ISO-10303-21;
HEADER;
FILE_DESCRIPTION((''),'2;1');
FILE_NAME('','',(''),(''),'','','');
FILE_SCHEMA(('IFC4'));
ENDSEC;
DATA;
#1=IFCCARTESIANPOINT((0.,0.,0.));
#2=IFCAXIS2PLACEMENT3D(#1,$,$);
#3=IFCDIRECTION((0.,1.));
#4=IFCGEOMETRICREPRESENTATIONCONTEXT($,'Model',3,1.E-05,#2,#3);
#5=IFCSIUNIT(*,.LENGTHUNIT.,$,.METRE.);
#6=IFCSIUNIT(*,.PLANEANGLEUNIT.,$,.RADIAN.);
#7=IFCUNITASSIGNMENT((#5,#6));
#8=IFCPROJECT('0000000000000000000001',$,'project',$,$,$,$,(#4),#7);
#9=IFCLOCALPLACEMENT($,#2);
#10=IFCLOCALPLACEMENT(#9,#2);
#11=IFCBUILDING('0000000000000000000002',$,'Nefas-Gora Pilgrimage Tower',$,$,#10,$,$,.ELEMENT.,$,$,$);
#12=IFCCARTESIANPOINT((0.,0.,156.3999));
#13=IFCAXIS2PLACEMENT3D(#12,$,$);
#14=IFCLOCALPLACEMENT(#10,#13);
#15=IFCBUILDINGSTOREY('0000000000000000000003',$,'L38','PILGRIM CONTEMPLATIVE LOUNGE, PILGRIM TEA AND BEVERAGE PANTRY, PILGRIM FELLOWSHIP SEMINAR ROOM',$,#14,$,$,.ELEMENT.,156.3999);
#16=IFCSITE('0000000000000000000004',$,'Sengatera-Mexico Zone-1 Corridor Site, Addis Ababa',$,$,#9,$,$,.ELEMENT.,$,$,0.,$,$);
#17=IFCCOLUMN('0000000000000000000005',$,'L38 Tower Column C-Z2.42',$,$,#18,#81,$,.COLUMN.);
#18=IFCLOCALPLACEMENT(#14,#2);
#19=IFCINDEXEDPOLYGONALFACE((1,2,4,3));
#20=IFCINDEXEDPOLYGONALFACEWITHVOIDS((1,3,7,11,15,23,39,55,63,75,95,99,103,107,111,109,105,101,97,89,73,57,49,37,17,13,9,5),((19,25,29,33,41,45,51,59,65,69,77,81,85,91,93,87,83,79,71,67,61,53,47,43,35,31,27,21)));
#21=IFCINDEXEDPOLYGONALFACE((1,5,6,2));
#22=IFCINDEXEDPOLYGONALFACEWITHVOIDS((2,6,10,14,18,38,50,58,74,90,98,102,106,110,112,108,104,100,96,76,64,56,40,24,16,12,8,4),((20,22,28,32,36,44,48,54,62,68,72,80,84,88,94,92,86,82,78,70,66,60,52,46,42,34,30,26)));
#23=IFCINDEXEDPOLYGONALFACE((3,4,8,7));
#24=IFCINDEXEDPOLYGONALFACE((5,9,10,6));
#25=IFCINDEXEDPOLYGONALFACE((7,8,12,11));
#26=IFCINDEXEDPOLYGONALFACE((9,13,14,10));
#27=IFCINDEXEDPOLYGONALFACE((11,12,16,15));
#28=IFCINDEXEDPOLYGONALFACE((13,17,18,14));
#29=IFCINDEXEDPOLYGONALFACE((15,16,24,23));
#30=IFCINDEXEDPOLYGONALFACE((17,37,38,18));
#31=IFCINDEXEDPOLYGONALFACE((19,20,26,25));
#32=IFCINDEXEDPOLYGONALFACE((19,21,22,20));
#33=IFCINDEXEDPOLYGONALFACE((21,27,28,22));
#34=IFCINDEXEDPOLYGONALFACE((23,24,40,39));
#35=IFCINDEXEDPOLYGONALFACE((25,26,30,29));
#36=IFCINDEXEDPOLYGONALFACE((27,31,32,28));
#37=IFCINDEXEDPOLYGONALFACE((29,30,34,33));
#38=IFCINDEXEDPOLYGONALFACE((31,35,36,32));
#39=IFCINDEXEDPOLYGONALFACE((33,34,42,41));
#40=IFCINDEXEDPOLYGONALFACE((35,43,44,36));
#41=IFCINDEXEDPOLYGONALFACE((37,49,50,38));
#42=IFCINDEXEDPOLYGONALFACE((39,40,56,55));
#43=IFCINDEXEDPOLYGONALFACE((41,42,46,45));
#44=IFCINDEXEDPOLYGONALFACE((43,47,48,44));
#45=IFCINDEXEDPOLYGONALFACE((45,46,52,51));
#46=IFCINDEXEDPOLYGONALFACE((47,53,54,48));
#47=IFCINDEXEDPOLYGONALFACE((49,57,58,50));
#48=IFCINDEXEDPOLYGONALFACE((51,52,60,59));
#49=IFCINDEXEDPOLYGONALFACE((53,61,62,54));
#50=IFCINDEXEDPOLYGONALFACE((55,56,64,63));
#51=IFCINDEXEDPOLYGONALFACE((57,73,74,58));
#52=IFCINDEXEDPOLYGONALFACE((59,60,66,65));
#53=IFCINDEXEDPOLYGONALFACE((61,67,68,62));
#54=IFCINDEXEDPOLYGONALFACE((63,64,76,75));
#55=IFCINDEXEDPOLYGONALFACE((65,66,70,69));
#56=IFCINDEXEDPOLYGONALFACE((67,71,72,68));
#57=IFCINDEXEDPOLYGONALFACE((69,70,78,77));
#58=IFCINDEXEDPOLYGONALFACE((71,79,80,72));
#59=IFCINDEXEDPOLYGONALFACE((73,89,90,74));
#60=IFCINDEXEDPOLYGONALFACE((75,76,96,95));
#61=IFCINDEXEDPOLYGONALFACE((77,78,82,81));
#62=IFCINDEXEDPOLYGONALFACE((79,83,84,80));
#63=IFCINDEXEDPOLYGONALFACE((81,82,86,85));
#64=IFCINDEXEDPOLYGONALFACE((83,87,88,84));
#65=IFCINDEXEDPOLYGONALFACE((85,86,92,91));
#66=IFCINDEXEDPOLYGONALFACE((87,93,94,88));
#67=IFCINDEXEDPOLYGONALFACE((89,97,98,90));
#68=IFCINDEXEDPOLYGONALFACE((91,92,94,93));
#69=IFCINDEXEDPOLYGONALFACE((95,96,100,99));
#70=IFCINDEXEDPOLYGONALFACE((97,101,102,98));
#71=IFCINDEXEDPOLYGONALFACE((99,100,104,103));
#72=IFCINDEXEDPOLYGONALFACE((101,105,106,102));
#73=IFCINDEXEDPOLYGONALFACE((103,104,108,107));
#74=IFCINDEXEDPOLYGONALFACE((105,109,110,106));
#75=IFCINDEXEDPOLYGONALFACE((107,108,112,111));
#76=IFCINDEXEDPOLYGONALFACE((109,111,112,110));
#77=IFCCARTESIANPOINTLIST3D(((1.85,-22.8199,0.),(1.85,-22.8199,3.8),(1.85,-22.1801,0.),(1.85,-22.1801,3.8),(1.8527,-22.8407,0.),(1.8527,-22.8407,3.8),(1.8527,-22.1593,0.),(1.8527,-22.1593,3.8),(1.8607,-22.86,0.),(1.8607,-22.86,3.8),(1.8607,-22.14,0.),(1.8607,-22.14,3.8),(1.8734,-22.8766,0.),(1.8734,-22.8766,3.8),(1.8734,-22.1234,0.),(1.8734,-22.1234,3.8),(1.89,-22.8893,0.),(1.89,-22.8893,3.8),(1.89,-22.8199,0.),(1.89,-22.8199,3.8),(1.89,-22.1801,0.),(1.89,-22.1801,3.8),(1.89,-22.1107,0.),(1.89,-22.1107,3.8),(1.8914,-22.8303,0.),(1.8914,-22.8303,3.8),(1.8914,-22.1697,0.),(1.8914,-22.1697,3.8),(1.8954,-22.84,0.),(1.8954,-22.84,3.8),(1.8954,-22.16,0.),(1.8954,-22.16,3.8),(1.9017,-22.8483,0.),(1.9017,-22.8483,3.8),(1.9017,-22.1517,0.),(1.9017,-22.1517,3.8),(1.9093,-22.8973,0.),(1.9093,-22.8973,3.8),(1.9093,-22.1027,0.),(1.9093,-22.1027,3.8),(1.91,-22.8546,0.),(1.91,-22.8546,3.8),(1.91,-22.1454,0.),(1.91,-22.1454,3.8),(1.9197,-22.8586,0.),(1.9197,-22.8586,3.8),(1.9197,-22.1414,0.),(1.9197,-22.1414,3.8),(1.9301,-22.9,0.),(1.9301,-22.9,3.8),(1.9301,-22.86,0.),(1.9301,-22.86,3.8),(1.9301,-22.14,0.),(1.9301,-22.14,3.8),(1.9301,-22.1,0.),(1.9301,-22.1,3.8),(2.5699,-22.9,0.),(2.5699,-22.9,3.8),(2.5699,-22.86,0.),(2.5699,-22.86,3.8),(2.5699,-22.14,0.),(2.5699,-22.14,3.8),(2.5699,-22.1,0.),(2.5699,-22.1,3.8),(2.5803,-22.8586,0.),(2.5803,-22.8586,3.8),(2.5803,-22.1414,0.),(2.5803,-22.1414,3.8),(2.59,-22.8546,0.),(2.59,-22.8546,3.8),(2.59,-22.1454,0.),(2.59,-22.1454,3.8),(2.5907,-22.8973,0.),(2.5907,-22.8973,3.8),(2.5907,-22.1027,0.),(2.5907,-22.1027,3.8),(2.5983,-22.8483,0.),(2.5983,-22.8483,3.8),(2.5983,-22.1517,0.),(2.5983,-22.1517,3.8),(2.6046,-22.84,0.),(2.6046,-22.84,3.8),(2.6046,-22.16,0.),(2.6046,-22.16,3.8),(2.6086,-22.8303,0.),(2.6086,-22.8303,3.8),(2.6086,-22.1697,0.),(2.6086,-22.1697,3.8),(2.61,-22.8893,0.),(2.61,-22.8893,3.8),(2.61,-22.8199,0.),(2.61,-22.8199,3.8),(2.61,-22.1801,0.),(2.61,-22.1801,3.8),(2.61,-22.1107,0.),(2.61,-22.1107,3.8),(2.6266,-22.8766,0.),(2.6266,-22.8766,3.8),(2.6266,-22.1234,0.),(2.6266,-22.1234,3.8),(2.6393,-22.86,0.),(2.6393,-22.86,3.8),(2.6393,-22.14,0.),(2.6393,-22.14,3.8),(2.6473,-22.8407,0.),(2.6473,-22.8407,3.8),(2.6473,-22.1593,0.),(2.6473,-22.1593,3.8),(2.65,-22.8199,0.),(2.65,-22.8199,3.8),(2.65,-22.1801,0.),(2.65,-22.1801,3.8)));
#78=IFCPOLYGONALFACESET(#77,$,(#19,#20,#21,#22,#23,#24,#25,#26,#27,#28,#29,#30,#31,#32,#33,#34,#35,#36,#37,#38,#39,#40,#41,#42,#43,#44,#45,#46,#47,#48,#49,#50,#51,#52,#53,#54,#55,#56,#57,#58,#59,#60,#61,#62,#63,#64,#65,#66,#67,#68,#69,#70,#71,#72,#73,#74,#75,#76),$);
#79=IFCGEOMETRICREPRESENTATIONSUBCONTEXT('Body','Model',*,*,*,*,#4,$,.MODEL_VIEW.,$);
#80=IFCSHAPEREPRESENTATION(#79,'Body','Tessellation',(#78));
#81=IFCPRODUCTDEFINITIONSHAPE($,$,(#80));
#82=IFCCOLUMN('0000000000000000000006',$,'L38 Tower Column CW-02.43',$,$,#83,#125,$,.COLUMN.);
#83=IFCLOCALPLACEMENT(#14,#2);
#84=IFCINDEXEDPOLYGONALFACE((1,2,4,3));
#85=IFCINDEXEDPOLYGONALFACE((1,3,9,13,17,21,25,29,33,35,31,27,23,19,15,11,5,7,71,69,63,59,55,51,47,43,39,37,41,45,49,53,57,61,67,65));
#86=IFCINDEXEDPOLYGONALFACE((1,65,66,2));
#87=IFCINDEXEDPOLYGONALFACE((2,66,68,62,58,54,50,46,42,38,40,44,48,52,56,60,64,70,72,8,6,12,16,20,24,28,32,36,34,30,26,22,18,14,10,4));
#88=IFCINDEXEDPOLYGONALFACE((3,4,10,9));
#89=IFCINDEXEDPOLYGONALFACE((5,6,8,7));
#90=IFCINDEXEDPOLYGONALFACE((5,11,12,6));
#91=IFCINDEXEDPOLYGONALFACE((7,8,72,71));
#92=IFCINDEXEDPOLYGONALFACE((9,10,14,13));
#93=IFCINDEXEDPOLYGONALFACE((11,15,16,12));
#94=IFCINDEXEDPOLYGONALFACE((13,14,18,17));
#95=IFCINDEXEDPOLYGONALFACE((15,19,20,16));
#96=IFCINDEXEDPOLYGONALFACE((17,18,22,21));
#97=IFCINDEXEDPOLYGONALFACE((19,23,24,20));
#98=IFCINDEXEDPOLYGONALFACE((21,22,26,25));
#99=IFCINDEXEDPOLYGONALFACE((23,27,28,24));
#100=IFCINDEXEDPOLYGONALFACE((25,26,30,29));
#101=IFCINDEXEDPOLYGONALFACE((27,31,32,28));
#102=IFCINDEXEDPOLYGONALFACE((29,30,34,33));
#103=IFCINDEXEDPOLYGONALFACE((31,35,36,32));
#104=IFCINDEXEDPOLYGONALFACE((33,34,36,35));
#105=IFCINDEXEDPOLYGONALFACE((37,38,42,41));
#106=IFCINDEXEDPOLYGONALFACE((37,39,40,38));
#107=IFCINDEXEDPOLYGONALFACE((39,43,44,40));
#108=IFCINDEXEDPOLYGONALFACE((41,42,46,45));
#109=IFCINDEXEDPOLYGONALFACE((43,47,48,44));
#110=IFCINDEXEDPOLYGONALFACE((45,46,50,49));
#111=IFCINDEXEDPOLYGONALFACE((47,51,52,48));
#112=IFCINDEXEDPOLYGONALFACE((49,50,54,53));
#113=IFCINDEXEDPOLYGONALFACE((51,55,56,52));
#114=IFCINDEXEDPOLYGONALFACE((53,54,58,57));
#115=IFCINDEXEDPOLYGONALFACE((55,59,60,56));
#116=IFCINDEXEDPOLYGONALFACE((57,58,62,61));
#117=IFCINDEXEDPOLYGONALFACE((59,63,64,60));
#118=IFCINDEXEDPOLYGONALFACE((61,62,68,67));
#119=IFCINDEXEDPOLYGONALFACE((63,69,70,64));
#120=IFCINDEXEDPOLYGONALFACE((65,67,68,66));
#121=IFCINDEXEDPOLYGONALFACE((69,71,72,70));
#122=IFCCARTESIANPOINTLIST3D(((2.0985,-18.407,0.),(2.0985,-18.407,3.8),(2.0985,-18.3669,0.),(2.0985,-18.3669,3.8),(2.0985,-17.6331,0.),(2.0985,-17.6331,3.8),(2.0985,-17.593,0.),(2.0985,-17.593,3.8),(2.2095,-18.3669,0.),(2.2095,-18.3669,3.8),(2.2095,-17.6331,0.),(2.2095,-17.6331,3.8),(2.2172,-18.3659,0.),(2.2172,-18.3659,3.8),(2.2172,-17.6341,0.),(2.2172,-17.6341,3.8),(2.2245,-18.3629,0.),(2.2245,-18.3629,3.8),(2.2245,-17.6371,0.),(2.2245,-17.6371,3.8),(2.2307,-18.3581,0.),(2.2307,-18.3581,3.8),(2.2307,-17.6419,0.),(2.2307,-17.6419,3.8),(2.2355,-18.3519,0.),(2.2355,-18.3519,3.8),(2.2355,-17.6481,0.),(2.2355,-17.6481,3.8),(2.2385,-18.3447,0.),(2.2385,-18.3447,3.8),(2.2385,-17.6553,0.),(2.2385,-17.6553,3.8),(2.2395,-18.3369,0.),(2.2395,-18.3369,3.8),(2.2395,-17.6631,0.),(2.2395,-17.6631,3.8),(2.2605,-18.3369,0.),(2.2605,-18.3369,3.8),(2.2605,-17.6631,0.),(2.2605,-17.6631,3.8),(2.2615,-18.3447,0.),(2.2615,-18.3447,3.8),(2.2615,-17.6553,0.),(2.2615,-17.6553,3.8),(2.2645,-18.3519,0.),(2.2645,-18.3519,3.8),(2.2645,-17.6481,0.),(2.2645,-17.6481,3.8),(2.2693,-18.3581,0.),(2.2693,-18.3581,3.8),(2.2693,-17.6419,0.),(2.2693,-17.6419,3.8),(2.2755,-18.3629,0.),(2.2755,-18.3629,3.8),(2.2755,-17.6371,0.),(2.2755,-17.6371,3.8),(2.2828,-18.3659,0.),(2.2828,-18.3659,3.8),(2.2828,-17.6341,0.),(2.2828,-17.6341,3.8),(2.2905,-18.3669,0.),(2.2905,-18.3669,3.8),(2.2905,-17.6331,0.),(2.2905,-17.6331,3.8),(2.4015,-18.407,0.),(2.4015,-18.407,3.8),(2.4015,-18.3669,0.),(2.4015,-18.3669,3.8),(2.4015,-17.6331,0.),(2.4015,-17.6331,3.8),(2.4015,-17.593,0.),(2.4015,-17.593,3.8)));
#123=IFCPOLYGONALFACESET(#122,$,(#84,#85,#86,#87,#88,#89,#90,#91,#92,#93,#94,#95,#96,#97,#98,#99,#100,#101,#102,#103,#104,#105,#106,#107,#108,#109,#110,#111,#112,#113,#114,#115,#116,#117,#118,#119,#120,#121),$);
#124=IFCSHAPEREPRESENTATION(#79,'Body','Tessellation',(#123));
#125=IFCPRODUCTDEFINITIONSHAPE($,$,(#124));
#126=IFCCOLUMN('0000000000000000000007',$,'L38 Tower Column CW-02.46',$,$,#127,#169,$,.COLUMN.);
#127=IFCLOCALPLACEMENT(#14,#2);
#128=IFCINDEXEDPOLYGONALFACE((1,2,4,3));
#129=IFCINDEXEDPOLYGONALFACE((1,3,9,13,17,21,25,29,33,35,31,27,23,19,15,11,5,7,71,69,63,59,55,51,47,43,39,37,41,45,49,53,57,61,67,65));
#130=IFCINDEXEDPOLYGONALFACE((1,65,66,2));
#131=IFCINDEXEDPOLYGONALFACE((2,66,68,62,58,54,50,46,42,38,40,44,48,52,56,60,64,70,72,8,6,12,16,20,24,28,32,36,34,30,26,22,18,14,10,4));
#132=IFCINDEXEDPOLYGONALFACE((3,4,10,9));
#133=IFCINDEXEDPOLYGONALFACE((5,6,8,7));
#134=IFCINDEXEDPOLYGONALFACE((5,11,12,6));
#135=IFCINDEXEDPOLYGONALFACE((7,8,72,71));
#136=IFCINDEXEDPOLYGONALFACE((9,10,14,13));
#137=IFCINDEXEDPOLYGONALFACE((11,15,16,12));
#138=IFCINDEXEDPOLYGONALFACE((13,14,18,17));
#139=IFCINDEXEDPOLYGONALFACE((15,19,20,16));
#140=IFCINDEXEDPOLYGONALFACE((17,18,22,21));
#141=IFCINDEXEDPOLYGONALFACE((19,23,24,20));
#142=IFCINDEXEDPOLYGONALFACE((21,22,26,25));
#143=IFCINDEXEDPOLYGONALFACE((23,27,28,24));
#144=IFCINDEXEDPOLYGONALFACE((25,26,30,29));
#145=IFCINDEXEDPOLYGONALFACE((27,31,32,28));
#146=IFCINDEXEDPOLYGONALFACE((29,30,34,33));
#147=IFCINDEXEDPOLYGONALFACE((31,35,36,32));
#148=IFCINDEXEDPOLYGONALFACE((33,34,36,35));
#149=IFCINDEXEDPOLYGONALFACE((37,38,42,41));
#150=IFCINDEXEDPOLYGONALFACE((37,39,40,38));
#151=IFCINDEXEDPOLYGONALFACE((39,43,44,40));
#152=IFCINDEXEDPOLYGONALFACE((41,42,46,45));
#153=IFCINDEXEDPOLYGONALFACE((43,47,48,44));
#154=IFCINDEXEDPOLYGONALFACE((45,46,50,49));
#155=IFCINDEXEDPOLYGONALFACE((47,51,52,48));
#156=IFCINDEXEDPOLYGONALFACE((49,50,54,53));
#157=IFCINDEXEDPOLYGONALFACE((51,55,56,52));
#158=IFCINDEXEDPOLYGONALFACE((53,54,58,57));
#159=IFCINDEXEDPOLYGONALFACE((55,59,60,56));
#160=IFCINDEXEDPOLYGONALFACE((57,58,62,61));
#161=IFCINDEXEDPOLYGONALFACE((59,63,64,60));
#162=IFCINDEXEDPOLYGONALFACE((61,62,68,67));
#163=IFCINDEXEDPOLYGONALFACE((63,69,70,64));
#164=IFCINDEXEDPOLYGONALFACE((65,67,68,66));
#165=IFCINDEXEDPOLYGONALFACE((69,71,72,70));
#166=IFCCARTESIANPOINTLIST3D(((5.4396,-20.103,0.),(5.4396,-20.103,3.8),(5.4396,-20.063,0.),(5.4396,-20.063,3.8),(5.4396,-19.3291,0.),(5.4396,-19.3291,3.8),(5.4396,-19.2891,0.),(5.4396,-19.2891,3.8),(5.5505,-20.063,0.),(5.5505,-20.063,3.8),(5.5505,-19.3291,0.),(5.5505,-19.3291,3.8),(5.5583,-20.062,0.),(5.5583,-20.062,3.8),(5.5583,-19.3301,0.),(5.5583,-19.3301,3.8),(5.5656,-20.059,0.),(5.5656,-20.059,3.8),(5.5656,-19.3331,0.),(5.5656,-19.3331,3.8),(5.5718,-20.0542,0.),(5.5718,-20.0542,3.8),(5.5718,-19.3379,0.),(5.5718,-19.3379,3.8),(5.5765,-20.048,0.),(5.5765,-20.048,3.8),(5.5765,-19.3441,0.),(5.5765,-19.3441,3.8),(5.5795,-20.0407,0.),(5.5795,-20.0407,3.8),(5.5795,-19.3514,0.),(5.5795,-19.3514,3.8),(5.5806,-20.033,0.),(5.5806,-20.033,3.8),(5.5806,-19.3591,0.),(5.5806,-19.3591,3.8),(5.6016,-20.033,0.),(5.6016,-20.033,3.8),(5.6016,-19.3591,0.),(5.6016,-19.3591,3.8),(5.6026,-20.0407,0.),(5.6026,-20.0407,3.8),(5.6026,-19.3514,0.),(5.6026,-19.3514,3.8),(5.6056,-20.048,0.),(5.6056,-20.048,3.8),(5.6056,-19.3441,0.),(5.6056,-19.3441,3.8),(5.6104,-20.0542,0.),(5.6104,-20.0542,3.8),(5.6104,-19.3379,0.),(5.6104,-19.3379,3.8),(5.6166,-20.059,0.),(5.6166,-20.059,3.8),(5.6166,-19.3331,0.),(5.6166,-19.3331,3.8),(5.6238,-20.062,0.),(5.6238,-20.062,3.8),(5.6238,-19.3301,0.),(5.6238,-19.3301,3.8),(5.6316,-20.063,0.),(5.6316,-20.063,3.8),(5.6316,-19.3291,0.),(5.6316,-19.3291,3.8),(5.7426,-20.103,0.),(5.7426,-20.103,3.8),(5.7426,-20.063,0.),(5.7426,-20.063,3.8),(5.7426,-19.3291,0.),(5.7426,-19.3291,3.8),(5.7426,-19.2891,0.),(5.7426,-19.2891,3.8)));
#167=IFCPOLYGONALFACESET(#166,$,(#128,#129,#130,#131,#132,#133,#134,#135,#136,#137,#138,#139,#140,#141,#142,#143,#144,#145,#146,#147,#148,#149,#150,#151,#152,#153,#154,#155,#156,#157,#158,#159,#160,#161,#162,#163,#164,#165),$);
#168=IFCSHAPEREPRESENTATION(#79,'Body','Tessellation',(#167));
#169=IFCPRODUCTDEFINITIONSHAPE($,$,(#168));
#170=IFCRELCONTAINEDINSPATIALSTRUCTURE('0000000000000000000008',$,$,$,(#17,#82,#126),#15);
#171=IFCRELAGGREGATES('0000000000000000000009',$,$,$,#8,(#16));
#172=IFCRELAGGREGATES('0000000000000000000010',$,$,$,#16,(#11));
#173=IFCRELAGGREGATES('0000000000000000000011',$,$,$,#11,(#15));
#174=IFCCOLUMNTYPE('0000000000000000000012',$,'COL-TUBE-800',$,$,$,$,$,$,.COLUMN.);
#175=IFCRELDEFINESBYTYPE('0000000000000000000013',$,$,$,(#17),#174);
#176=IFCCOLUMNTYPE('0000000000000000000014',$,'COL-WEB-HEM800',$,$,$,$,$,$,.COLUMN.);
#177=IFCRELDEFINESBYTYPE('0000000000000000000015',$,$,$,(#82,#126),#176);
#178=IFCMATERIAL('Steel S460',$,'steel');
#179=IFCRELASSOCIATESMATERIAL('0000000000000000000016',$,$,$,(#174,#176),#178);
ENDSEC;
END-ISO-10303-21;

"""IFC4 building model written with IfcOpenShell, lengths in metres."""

from ifc_helpers import new_model, si_unit, direction, frame, origin, origin_2d, place, context, subcontext, project, spatial, hollow_rectangle, i_section, extrude, source, transform, mapped, material, material_profile, profile_set, type_object, element, save


model = new_model("IFC4")

# Units and contexts
model_context = context("Model", 3, precision=1e-05, world=origin(), true_north=direction((0.0, 1.0)))
body_context = subcontext(model_context, "Body", "Model", "MODEL_VIEW")
ifc_project = project(units=[si_unit("LENGTHUNIT", "METRE"), si_unit("PLANEANGLEUNIT", "RADIAN")], contexts=[model_context])

# Site, building, storey
site_placement = place(None, origin())
site = spatial("IfcSite", under=ifc_project, at=site_placement, Name="Sengatera-Mexico Zone-1 Corridor Site, Addis Ababa", CompositionType="ELEMENT", RefElevation=0.0)
building_placement = place(site_placement, origin())
building = spatial("IfcBuilding", under=site, at=building_placement, Name="Nefas-Gora Pilgrimage Tower", CompositionType="ELEMENT")
storey_placement = place(building_placement, frame((0.0, 0.0, 156.3999)))
storey = spatial("IfcBuildingStorey", under=building, at=storey_placement, Name="L38", Description="PILGRIM CONTEMPLATIVE LOUNGE, PILGRIM TEA AND BEVERAGE PANTRY, PILGRIM FELLOWSHIP SEMINAR ROOM", CompositionType="ELEMENT", Elevation=156.3999)

# Columns
ifc_material_1 = material(Name="Steel S460", Category="steel")
ifc_material_profile_1 = material_profile(ifc_material_1, hollow_rectangle(XDim=0.8, YDim=0.8, WallThickness=0.04, InnerFilletRadius=0.04, OuterFilletRadius=0.0801, at=origin_2d()), Name="BOX 800x800x40")
ifc_profile_set_1 = profile_set([ifc_material_profile_1], Name="Steel S460")
column_type_1 = type_object("IfcColumnType", Name="COL-TUBE-800", PredefinedType="COLUMN", material=ifc_profile_set_1)
shared_shape_1 = source(origin(), body_context, "Body", "SweptSolid", [
    extrude(hollow_rectangle(XDim=0.8, YDim=0.8, WallThickness=0.04, InnerFilletRadius=0.04, OuterFilletRadius=0.0801, at=origin_2d()), origin(), (0.0, 0.0, 1.0), 3.8),
])
column_placement = place(storey_placement, frame((2.25, -22.5, 0.0), z_axis=(0.0, 0.0, 1.0), x_axis=(1.0, 0.0, 0.0)))
element("IfcColumn", 1, at=column_placement, inside=storey, type_object=column_type_1, Name="L38 Tower Column C-Z2.42", PredefinedType="COLUMN", context=body_context, shape_type="MappedRepresentation", body=[
    mapped(shared_shape_1, transform((0.0, 0.0, 0.0), x_axis=(1.0, 0.0, 0.0), y_axis=(0.0, 1.0, 0.0), z_axis=(0.0, 0.0, 1.0), scale=1.0)),
])
ifc_material_profile_2 = material_profile(ifc_material_1, i_section(OverallWidth=0.303, OverallDepth=0.814, WebThickness=0.021, FlangeThickness=0.04, FilletRadius=0.03, at=origin_2d()), Name="HEM 800")
ifc_profile_set_2 = profile_set([ifc_material_profile_2], Name="Steel S460")
column_type_2 = type_object("IfcColumnType", Name="COL-WEB-HEM800", PredefinedType="COLUMN", material=ifc_profile_set_2)
shared_shape_2 = source(origin(), body_context, "Body", "SweptSolid", [
    extrude(i_section(OverallWidth=0.303, OverallDepth=0.814, WebThickness=0.021, FlangeThickness=0.04, FilletRadius=0.03, at=origin_2d()), origin(), (0.0, 0.0, 1.0), 3.8),
])
for number, where, z_axis, x_axis, name in (
    (2, (2.25, -18.0, 0.0), (0.0, 0.0, 1.0), (1.0, 0.0, 0.0), "L38 Tower Column CW-02.43"),
    (3, (5.5911, -19.696, 0.0), (0.0, 0.0, 1.0), (1.0, 0.0, 0.0), "L38 Tower Column CW-02.46"),
):
    element("IfcColumn", number, at=place(storey_placement, frame(where, z_axis=z_axis, x_axis=x_axis)), inside=storey, type_object=column_type_2, Name=name, PredefinedType="COLUMN", context=body_context, shape_type="MappedRepresentation", body=[
        mapped(shared_shape_2, transform((0.0, 0.0, 0.0), x_axis=(1.0, 0.0, 0.0), y_axis=(0.0, 1.0, 0.0), z_axis=(0.0, 0.0, 1.0), scale=1.0)),
    ])

save(model, "model.ifc")
